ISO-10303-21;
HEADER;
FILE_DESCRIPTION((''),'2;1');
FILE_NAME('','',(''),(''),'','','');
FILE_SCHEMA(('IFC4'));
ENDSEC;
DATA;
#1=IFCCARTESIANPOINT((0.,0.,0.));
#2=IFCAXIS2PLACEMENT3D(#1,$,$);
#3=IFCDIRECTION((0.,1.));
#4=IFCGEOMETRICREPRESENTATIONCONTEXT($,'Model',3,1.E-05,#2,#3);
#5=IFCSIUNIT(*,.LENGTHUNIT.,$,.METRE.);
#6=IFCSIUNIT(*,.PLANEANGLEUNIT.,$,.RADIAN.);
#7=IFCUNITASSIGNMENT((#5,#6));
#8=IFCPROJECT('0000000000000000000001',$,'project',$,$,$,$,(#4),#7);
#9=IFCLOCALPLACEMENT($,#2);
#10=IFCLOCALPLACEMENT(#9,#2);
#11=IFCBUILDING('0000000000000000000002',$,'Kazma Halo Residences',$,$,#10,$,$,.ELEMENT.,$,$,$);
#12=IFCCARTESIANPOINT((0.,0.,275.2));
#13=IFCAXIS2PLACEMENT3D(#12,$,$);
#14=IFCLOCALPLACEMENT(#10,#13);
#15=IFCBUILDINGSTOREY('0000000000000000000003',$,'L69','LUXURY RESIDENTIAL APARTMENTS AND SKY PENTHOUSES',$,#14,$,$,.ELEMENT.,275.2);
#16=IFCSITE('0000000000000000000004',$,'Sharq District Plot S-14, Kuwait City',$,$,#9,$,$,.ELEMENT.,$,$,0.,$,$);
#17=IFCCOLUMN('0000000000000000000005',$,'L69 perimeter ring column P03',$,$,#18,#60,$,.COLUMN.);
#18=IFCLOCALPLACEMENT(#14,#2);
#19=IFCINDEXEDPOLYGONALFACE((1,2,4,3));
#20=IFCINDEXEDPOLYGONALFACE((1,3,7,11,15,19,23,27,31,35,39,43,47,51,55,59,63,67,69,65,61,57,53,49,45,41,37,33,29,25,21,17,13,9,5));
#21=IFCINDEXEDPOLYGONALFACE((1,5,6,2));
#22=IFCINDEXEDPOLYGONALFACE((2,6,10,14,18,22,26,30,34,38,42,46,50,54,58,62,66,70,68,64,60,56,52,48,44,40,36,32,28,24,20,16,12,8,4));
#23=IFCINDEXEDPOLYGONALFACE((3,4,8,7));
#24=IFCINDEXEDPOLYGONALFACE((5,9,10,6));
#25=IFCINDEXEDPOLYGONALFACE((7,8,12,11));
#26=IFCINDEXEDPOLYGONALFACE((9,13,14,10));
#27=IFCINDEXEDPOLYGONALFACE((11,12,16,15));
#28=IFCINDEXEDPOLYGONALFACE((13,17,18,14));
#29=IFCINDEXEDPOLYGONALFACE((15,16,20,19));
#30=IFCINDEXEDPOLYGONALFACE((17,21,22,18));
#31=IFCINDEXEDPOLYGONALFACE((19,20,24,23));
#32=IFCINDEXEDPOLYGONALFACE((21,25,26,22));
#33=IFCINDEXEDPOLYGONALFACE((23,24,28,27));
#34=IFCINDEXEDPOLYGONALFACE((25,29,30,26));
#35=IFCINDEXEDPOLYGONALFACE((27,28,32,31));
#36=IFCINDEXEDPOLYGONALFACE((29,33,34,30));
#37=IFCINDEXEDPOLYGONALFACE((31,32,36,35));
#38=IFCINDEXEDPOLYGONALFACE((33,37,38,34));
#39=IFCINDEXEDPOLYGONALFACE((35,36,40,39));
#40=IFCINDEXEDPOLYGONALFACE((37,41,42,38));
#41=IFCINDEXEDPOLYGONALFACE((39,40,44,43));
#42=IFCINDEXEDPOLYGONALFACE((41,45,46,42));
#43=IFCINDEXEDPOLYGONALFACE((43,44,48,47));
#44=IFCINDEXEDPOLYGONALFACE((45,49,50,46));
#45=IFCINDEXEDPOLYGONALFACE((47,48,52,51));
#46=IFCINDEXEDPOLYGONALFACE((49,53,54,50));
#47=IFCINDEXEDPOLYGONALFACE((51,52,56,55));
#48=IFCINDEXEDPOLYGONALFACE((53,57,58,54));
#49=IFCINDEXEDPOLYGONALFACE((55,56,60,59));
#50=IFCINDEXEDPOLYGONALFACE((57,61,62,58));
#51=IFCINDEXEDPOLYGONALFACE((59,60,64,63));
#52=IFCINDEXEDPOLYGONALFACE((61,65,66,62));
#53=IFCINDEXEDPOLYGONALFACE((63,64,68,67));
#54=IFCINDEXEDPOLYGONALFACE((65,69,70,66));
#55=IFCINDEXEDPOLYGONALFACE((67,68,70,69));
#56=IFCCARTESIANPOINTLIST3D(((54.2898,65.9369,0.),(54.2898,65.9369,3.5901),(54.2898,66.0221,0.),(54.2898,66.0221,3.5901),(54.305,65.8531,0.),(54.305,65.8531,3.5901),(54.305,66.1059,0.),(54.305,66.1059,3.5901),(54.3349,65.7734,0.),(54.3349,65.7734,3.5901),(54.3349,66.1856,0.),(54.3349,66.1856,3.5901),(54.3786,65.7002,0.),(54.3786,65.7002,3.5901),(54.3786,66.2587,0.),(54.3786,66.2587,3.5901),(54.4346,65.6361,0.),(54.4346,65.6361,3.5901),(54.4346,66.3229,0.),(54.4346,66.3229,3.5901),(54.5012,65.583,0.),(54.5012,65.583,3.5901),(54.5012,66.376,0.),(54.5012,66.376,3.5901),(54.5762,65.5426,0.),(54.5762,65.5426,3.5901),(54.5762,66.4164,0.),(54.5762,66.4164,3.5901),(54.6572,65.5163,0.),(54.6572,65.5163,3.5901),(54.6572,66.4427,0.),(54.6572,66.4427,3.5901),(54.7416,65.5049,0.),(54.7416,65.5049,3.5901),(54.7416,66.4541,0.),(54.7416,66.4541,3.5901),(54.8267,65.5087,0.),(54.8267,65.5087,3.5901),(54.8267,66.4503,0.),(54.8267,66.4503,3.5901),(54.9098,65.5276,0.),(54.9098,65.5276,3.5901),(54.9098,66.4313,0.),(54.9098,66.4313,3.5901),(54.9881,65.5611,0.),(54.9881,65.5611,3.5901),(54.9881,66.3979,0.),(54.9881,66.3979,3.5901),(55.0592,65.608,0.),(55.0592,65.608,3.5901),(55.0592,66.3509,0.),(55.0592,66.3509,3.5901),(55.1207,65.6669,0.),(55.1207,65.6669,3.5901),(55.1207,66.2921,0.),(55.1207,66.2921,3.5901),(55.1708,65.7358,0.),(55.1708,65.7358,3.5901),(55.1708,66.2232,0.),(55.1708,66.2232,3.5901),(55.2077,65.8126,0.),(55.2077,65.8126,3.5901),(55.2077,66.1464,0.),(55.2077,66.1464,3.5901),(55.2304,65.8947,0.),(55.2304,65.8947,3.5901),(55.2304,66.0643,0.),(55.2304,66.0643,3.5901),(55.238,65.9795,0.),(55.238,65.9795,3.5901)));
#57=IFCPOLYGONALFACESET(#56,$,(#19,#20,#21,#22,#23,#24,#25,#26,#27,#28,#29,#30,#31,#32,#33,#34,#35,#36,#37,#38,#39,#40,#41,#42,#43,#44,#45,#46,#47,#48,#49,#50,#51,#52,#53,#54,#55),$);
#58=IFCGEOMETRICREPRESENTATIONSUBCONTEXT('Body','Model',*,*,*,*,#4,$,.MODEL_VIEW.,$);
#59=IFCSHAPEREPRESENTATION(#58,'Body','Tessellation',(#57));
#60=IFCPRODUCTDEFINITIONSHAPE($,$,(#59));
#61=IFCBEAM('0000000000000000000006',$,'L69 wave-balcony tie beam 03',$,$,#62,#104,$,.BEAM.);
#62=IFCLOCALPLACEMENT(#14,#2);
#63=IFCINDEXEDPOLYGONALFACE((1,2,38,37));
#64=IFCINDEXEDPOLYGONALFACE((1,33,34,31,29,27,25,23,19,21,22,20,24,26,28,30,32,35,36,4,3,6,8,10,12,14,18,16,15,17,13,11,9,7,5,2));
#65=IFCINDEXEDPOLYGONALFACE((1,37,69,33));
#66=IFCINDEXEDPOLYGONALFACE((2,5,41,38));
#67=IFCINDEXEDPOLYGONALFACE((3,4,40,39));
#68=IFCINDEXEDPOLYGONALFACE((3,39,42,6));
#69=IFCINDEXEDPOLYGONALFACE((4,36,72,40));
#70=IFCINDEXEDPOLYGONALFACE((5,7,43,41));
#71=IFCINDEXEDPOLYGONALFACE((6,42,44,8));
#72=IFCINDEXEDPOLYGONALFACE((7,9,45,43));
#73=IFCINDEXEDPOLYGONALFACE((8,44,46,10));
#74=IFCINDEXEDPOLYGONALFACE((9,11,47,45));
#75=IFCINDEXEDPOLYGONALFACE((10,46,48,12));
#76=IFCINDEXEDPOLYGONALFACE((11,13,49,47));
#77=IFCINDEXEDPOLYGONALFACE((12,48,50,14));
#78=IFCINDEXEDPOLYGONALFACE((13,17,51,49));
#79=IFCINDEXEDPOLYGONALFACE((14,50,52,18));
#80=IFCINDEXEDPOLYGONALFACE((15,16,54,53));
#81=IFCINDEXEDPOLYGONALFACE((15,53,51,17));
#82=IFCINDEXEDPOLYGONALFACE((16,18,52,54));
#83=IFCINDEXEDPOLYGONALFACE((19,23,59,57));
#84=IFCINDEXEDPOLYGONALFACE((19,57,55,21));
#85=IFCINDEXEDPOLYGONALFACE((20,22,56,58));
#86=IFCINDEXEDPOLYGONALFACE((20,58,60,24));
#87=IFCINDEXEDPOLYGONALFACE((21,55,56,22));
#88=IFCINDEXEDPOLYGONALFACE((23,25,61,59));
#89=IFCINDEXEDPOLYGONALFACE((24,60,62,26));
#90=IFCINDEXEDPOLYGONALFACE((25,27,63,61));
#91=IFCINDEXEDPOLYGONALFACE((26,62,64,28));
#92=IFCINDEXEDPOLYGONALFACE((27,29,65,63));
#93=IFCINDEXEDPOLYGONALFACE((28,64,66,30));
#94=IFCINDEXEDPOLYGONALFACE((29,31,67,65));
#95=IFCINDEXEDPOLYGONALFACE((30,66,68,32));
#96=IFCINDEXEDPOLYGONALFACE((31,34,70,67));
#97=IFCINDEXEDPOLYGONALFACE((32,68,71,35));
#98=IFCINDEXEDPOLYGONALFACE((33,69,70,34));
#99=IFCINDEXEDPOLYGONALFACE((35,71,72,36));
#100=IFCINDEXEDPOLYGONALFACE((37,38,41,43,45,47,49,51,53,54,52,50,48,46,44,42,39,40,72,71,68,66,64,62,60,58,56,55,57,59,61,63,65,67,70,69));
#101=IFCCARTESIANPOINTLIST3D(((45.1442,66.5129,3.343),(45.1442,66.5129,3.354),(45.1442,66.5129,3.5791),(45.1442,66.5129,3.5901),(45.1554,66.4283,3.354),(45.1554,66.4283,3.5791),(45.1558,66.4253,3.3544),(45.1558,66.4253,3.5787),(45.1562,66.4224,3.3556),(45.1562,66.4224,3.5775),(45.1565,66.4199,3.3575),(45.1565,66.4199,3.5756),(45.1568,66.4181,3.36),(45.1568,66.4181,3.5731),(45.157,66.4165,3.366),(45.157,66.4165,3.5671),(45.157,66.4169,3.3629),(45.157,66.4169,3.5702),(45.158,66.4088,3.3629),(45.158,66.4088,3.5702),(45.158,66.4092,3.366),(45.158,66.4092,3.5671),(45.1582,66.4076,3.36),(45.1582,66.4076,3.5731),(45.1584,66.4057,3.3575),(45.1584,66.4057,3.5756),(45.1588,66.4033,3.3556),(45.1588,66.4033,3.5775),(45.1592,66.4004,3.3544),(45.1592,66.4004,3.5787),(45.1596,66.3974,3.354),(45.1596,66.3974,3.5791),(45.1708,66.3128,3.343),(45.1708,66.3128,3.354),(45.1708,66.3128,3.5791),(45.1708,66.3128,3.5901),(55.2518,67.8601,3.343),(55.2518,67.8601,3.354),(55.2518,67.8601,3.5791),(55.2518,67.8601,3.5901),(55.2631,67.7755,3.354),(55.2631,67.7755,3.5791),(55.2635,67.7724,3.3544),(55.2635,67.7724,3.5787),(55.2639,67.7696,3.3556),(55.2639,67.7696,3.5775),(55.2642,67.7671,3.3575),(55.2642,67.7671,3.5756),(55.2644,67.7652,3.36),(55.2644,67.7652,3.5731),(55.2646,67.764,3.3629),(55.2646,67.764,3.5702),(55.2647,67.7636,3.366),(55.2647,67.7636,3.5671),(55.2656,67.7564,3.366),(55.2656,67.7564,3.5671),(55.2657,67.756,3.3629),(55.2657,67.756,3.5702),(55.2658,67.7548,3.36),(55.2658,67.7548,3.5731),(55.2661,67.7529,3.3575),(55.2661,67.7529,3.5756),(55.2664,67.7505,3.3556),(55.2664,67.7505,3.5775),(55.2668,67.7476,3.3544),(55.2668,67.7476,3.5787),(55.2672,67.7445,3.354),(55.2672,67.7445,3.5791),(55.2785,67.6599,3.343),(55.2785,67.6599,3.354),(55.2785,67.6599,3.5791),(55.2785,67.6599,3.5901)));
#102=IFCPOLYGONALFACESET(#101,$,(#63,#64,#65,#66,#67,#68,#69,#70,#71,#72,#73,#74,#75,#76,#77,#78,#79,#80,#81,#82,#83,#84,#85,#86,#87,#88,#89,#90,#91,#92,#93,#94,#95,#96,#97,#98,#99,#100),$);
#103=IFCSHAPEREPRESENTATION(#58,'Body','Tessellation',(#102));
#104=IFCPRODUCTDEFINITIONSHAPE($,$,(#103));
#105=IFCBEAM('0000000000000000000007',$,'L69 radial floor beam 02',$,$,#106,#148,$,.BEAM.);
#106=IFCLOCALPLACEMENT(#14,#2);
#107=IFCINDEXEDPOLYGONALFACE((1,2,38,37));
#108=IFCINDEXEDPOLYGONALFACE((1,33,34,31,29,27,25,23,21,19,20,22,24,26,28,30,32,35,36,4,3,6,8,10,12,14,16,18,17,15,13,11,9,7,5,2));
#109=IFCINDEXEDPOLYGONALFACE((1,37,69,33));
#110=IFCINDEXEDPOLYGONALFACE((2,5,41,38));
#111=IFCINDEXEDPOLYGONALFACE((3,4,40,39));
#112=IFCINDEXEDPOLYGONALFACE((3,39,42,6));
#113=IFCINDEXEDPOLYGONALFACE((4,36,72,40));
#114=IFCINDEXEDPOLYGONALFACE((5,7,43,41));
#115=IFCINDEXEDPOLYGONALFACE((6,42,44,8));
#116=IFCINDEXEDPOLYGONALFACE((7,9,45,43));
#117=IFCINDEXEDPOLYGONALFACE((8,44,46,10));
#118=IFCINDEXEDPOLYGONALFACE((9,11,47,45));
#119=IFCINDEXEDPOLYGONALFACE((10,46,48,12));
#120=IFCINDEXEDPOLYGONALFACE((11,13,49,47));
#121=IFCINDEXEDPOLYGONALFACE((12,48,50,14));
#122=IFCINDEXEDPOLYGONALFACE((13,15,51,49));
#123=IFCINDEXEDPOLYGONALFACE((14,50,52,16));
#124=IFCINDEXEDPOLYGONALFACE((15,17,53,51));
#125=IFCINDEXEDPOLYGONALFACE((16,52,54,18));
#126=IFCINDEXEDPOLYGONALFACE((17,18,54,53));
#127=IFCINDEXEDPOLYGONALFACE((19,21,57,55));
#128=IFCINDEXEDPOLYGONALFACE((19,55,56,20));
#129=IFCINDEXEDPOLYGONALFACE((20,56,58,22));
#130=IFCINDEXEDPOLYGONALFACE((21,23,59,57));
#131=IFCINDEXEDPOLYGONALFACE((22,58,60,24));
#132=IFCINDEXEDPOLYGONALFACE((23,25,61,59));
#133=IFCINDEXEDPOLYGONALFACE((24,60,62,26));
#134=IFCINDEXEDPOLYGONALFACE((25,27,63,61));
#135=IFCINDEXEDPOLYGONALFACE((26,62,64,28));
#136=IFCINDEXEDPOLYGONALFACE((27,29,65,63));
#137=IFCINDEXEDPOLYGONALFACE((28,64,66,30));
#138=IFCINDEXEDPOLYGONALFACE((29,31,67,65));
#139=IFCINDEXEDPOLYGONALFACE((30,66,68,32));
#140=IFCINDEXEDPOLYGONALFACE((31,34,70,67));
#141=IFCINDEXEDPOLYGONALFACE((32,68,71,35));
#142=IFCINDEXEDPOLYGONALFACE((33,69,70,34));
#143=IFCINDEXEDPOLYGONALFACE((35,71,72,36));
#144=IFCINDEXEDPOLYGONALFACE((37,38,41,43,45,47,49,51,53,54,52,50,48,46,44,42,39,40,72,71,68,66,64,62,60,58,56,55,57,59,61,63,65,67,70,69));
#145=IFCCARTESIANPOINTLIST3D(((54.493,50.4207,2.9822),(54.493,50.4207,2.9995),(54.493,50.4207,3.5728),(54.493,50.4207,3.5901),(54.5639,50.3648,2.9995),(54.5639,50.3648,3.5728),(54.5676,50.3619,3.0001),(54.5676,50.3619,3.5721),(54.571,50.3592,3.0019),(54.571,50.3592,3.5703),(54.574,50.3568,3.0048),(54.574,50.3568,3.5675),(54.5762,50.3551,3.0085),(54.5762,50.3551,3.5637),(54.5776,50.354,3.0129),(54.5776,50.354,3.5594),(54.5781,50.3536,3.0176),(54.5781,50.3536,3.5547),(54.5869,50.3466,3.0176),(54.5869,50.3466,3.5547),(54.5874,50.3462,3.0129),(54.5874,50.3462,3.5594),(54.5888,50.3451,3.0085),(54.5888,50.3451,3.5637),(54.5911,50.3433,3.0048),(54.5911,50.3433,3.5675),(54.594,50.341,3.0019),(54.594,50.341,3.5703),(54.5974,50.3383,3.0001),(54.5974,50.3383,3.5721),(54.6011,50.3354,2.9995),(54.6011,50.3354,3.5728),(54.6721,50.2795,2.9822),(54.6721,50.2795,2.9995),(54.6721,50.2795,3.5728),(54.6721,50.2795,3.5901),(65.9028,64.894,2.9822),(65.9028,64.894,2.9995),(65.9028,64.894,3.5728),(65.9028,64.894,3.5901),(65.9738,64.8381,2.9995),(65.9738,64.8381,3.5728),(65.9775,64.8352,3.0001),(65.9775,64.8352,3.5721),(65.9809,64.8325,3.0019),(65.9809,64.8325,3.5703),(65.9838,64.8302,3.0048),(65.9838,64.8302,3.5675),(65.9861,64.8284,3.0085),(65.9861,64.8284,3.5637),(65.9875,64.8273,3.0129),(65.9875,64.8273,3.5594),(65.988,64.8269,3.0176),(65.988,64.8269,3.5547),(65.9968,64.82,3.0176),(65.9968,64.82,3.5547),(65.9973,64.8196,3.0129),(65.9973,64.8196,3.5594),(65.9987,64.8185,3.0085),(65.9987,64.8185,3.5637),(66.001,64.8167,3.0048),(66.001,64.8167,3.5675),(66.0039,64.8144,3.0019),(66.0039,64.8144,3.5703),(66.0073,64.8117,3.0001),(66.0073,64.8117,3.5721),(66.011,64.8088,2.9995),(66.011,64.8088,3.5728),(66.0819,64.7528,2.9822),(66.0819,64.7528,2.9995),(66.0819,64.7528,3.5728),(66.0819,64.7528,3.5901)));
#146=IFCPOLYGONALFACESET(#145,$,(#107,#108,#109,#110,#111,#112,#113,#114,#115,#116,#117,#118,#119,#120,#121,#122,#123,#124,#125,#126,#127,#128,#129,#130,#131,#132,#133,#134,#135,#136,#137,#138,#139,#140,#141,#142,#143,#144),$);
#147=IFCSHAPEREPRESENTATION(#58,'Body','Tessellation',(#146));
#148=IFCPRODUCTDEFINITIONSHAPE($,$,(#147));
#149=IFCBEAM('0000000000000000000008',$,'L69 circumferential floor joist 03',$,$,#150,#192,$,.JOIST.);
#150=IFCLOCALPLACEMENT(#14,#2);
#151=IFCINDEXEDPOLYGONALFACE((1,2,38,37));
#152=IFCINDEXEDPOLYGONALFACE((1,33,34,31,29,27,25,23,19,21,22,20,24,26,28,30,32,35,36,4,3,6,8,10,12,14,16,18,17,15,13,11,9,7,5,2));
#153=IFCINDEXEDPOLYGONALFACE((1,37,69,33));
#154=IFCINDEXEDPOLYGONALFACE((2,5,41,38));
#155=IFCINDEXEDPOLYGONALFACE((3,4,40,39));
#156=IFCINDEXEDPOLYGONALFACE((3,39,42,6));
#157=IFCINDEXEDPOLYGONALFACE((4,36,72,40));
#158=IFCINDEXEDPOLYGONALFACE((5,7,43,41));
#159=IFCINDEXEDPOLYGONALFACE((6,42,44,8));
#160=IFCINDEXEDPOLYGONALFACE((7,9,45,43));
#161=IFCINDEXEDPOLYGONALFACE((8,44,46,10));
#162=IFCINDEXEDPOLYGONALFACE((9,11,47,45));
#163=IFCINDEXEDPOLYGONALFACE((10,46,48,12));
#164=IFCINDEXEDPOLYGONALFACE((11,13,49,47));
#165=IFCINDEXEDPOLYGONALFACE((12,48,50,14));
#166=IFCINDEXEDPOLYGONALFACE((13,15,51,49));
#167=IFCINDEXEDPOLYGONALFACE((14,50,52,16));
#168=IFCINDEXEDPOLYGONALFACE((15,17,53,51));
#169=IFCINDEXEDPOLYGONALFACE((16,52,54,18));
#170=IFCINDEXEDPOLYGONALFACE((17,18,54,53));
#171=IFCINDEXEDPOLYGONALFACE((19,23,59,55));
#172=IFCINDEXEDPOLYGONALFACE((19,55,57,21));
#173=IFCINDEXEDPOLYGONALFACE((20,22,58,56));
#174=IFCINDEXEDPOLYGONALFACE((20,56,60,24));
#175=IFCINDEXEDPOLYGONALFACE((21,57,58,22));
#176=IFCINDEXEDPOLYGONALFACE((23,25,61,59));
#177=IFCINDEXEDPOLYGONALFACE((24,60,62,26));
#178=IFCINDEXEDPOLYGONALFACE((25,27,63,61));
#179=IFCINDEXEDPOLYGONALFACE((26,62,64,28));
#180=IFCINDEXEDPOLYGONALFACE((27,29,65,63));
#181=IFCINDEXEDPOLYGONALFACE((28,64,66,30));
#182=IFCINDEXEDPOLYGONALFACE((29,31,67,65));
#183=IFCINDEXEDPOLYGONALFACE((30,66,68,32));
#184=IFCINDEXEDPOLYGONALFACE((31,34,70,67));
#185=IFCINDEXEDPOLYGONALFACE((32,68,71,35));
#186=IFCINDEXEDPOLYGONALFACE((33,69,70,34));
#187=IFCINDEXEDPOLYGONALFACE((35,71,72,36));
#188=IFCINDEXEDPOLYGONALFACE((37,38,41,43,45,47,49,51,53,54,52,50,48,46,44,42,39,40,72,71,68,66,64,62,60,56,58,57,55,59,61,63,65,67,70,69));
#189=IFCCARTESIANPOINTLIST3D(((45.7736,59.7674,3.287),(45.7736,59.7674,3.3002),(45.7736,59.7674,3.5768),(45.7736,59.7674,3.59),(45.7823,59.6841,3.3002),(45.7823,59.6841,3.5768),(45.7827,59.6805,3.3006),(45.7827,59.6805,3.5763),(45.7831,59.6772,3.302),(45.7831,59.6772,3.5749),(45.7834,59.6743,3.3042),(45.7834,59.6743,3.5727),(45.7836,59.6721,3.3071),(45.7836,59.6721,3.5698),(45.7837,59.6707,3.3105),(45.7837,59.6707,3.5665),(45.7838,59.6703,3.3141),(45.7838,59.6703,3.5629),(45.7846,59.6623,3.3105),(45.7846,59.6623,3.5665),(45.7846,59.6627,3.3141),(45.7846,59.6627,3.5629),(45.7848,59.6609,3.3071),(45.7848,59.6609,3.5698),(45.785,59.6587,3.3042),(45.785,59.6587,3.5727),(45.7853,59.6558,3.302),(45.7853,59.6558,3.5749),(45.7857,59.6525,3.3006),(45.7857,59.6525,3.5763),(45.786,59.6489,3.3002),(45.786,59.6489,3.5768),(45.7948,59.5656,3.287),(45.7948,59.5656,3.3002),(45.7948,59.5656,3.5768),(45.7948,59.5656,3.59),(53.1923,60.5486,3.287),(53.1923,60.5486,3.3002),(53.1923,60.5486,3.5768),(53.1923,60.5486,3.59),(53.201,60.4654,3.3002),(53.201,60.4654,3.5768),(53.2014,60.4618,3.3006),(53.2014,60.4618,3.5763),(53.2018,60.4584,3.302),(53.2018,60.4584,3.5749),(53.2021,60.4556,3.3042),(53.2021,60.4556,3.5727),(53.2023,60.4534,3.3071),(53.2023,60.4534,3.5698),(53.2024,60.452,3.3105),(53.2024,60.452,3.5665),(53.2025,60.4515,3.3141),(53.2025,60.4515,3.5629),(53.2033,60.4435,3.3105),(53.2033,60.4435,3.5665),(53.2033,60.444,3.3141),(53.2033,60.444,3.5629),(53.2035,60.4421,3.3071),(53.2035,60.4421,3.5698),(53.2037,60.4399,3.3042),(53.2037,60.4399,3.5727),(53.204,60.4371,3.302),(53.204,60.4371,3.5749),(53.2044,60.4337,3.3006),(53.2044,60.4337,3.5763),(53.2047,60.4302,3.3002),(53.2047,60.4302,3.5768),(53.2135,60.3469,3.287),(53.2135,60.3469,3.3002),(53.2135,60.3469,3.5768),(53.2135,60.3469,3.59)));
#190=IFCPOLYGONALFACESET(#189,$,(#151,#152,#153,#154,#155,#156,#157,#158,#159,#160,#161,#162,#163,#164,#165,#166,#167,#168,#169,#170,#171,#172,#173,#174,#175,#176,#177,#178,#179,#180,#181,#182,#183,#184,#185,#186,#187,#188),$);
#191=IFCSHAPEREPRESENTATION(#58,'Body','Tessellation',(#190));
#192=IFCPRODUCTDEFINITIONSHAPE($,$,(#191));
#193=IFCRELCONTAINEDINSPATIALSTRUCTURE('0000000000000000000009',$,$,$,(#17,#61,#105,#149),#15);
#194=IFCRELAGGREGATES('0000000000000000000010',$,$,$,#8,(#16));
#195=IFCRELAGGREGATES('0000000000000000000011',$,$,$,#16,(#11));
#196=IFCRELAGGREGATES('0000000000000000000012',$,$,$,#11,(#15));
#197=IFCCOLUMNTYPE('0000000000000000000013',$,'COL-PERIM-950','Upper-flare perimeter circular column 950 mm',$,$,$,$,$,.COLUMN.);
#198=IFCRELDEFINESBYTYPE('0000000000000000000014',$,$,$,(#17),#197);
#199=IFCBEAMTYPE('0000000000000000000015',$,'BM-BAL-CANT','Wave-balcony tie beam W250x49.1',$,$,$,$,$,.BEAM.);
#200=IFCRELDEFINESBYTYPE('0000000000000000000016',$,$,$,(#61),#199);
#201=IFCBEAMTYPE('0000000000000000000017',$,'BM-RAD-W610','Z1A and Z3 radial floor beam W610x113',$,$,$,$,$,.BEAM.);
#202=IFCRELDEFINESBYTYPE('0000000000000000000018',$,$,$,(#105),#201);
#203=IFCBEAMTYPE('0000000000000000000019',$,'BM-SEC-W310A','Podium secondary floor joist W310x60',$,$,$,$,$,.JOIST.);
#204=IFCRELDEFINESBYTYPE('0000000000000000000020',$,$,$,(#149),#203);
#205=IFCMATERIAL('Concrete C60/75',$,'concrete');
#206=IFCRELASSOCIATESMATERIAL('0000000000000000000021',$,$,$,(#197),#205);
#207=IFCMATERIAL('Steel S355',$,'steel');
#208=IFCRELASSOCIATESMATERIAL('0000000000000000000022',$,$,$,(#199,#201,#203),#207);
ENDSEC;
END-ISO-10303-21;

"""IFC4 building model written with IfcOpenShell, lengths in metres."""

from ifc_helpers import new_model, si_unit, direction, frame, origin, origin_2d, place, context, subcontext, project, spatial, circle, i_section, extrude, material, material_profile, profile_set, type_object, element, save


model = new_model("IFC4")

# Units and contexts
model_context = context("Model", 3, precision=1e-05, world=origin(), true_north=direction((0.0, 1.0)))
body_context = subcontext(model_context, "Body", "Model", "MODEL_VIEW")
ifc_project = project(units=[si_unit("LENGTHUNIT", "METRE"), si_unit("PLANEANGLEUNIT", "RADIAN")], contexts=[model_context])

# Site, building, storey
site_placement = place(None, origin())
site = spatial("IfcSite", under=ifc_project, at=site_placement, Name="Sharq District Plot S-14, Kuwait City", CompositionType="ELEMENT", RefElevation=0.0)
building_placement = place(site_placement, origin())
building = spatial("IfcBuilding", under=site, at=building_placement, Name="Kazma Halo Residences", CompositionType="ELEMENT")
storey_placement = place(building_placement, frame((0.0, 0.0, 275.2)))
storey = spatial("IfcBuildingStorey", under=building, at=storey_placement, Name="L69", Description="LUXURY RESIDENTIAL APARTMENTS AND SKY PENTHOUSES", CompositionType="ELEMENT", Elevation=275.2)

# Column
ifc_material_1 = material(Name="Concrete C60/75", Category="concrete")
ifc_material_profile_1 = material_profile(ifc_material_1, circle(Radius=0.4751, at=origin_2d()), Name="CIRC950")
ifc_profile_set_1 = profile_set([ifc_material_profile_1], Name="Concrete C60/75")
column_type = type_object("IfcColumnType", Name="COL-PERIM-950", Description="Upper-flare perimeter circular column 950 mm", PredefinedType="COLUMN", material=ifc_profile_set_1)
column_placement = place(storey_placement, frame((54.7629, 65.9795, 0.0), z_axis=(0.0, 0.0, 1.0), x_axis=(1.0, 0.0, 0.0)))
element("IfcColumn", 1, at=column_placement, inside=storey, type_object=column_type, Name="L69 perimeter ring column P03", PredefinedType="COLUMN", context=body_context, shape_type="SweptSolid", body=[
    extrude(circle(Radius=0.4751, at=origin_2d()), origin(), (0.0, 0.0, 1.0), 3.5901),
])

# Beams
ifc_material_2 = material(Name="Steel S355", Category="steel")
ifc_material_profile_2 = material_profile(ifc_material_2, i_section(OverallWidth=0.2019, OverallDepth=0.2471, WebThickness=0.0073, FlangeThickness=0.011, FilletRadius=0.012, at=origin_2d()), Name="W250x49.1")
ifc_profile_set_2 = profile_set([ifc_material_profile_2], Name="Steel S355")
beam_type_1 = type_object("IfcBeamType", Name="BM-BAL-CANT", Description="Wave-balcony tie beam W250x49.1", PredefinedType="BEAM", material=ifc_profile_set_2)
beam_1_placement = place(storey_placement, frame((55.2651, 67.76, 3.4666), z_axis=(-0.991235, -0.132114, 0.0), x_axis=(0.132114, -0.991235, 0.0)))
element("IfcBeam", 2, at=beam_1_placement, inside=storey, type_object=beam_type_1, Name="L69 wave-balcony tie beam 03", PredefinedType="BEAM", context=body_context, shape_type="SweptSolid", body=[
    extrude(i_section(OverallWidth=0.2019, OverallDepth=0.2471, WebThickness=0.0073, FlangeThickness=0.011, FilletRadius=0.012, at=origin_2d()), origin(), (0.0, 0.0, 1.0), 10.197),
])
ifc_material_profile_3 = material_profile(ifc_material_2, i_section(OverallWidth=0.228, OverallDepth=0.6079, WebThickness=0.0112, FlangeThickness=0.0173, FilletRadius=0.0181, at=origin_2d()), Name="W610x113")
ifc_profile_set_3 = profile_set([ifc_material_profile_3], Name="Steel S355")
beam_type_2 = type_object("IfcBeamType", Name="BM-RAD-W610", Description="Z1A and Z3 radial floor beam W610x113", PredefinedType="BEAM", material=ifc_profile_set_3)
beam_2_placement = place(storey_placement, frame((54.5825, 50.3501, 3.2861), z_axis=(0.619094, 0.785317, 0.0), x_axis=(-0.785317, 0.619094, 0.0)))
element("IfcBeam", 3, at=beam_2_placement, inside=storey, type_object=beam_type_2, Name="L69 radial floor beam 02", PredefinedType="BEAM", context=body_context, shape_type="SweptSolid", body=[
    extrude(i_section(OverallWidth=0.228, OverallDepth=0.6079, WebThickness=0.0112, FlangeThickness=0.0173, FilletRadius=0.0181, at=origin_2d()), origin(), (0.0, 0.0, 1.0), 18.4299),
])
ifc_material_profile_4 = material_profile(ifc_material_2, i_section(OverallWidth=0.2029, OverallDepth=0.303, WebThickness=0.0076, FlangeThickness=0.0132, FilletRadius=0.0139, at=origin_2d()), Name="W310x60")
ifc_profile_set_4 = profile_set([ifc_material_profile_4], Name="Steel S355")
beam_type_3 = type_object("IfcBeamType", Name="BM-SEC-W310A", Description="Podium secondary floor joist W310x60", PredefinedType="JOIST", material=ifc_profile_set_4)
beam_3_placement = place(storey_placement, frame((53.2029, 60.4478, 3.4385), z_axis=(-0.994501, -0.104729, 0.0), x_axis=(0.104729, -0.994501, 0.0)))
element("IfcBeam", 4, at=beam_3_placement, inside=storey, type_object=beam_type_3, Name="L69 circumferential floor joist 03", PredefinedType="JOIST", context=body_context, shape_type="SweptSolid", body=[
    extrude(i_section(OverallWidth=0.2029, OverallDepth=0.303, WebThickness=0.0076, FlangeThickness=0.0132, FilletRadius=0.0139, at=origin_2d()), origin(), (0.0, 0.0, 1.0), 7.4597),
])

save(model, "model.ifc")
